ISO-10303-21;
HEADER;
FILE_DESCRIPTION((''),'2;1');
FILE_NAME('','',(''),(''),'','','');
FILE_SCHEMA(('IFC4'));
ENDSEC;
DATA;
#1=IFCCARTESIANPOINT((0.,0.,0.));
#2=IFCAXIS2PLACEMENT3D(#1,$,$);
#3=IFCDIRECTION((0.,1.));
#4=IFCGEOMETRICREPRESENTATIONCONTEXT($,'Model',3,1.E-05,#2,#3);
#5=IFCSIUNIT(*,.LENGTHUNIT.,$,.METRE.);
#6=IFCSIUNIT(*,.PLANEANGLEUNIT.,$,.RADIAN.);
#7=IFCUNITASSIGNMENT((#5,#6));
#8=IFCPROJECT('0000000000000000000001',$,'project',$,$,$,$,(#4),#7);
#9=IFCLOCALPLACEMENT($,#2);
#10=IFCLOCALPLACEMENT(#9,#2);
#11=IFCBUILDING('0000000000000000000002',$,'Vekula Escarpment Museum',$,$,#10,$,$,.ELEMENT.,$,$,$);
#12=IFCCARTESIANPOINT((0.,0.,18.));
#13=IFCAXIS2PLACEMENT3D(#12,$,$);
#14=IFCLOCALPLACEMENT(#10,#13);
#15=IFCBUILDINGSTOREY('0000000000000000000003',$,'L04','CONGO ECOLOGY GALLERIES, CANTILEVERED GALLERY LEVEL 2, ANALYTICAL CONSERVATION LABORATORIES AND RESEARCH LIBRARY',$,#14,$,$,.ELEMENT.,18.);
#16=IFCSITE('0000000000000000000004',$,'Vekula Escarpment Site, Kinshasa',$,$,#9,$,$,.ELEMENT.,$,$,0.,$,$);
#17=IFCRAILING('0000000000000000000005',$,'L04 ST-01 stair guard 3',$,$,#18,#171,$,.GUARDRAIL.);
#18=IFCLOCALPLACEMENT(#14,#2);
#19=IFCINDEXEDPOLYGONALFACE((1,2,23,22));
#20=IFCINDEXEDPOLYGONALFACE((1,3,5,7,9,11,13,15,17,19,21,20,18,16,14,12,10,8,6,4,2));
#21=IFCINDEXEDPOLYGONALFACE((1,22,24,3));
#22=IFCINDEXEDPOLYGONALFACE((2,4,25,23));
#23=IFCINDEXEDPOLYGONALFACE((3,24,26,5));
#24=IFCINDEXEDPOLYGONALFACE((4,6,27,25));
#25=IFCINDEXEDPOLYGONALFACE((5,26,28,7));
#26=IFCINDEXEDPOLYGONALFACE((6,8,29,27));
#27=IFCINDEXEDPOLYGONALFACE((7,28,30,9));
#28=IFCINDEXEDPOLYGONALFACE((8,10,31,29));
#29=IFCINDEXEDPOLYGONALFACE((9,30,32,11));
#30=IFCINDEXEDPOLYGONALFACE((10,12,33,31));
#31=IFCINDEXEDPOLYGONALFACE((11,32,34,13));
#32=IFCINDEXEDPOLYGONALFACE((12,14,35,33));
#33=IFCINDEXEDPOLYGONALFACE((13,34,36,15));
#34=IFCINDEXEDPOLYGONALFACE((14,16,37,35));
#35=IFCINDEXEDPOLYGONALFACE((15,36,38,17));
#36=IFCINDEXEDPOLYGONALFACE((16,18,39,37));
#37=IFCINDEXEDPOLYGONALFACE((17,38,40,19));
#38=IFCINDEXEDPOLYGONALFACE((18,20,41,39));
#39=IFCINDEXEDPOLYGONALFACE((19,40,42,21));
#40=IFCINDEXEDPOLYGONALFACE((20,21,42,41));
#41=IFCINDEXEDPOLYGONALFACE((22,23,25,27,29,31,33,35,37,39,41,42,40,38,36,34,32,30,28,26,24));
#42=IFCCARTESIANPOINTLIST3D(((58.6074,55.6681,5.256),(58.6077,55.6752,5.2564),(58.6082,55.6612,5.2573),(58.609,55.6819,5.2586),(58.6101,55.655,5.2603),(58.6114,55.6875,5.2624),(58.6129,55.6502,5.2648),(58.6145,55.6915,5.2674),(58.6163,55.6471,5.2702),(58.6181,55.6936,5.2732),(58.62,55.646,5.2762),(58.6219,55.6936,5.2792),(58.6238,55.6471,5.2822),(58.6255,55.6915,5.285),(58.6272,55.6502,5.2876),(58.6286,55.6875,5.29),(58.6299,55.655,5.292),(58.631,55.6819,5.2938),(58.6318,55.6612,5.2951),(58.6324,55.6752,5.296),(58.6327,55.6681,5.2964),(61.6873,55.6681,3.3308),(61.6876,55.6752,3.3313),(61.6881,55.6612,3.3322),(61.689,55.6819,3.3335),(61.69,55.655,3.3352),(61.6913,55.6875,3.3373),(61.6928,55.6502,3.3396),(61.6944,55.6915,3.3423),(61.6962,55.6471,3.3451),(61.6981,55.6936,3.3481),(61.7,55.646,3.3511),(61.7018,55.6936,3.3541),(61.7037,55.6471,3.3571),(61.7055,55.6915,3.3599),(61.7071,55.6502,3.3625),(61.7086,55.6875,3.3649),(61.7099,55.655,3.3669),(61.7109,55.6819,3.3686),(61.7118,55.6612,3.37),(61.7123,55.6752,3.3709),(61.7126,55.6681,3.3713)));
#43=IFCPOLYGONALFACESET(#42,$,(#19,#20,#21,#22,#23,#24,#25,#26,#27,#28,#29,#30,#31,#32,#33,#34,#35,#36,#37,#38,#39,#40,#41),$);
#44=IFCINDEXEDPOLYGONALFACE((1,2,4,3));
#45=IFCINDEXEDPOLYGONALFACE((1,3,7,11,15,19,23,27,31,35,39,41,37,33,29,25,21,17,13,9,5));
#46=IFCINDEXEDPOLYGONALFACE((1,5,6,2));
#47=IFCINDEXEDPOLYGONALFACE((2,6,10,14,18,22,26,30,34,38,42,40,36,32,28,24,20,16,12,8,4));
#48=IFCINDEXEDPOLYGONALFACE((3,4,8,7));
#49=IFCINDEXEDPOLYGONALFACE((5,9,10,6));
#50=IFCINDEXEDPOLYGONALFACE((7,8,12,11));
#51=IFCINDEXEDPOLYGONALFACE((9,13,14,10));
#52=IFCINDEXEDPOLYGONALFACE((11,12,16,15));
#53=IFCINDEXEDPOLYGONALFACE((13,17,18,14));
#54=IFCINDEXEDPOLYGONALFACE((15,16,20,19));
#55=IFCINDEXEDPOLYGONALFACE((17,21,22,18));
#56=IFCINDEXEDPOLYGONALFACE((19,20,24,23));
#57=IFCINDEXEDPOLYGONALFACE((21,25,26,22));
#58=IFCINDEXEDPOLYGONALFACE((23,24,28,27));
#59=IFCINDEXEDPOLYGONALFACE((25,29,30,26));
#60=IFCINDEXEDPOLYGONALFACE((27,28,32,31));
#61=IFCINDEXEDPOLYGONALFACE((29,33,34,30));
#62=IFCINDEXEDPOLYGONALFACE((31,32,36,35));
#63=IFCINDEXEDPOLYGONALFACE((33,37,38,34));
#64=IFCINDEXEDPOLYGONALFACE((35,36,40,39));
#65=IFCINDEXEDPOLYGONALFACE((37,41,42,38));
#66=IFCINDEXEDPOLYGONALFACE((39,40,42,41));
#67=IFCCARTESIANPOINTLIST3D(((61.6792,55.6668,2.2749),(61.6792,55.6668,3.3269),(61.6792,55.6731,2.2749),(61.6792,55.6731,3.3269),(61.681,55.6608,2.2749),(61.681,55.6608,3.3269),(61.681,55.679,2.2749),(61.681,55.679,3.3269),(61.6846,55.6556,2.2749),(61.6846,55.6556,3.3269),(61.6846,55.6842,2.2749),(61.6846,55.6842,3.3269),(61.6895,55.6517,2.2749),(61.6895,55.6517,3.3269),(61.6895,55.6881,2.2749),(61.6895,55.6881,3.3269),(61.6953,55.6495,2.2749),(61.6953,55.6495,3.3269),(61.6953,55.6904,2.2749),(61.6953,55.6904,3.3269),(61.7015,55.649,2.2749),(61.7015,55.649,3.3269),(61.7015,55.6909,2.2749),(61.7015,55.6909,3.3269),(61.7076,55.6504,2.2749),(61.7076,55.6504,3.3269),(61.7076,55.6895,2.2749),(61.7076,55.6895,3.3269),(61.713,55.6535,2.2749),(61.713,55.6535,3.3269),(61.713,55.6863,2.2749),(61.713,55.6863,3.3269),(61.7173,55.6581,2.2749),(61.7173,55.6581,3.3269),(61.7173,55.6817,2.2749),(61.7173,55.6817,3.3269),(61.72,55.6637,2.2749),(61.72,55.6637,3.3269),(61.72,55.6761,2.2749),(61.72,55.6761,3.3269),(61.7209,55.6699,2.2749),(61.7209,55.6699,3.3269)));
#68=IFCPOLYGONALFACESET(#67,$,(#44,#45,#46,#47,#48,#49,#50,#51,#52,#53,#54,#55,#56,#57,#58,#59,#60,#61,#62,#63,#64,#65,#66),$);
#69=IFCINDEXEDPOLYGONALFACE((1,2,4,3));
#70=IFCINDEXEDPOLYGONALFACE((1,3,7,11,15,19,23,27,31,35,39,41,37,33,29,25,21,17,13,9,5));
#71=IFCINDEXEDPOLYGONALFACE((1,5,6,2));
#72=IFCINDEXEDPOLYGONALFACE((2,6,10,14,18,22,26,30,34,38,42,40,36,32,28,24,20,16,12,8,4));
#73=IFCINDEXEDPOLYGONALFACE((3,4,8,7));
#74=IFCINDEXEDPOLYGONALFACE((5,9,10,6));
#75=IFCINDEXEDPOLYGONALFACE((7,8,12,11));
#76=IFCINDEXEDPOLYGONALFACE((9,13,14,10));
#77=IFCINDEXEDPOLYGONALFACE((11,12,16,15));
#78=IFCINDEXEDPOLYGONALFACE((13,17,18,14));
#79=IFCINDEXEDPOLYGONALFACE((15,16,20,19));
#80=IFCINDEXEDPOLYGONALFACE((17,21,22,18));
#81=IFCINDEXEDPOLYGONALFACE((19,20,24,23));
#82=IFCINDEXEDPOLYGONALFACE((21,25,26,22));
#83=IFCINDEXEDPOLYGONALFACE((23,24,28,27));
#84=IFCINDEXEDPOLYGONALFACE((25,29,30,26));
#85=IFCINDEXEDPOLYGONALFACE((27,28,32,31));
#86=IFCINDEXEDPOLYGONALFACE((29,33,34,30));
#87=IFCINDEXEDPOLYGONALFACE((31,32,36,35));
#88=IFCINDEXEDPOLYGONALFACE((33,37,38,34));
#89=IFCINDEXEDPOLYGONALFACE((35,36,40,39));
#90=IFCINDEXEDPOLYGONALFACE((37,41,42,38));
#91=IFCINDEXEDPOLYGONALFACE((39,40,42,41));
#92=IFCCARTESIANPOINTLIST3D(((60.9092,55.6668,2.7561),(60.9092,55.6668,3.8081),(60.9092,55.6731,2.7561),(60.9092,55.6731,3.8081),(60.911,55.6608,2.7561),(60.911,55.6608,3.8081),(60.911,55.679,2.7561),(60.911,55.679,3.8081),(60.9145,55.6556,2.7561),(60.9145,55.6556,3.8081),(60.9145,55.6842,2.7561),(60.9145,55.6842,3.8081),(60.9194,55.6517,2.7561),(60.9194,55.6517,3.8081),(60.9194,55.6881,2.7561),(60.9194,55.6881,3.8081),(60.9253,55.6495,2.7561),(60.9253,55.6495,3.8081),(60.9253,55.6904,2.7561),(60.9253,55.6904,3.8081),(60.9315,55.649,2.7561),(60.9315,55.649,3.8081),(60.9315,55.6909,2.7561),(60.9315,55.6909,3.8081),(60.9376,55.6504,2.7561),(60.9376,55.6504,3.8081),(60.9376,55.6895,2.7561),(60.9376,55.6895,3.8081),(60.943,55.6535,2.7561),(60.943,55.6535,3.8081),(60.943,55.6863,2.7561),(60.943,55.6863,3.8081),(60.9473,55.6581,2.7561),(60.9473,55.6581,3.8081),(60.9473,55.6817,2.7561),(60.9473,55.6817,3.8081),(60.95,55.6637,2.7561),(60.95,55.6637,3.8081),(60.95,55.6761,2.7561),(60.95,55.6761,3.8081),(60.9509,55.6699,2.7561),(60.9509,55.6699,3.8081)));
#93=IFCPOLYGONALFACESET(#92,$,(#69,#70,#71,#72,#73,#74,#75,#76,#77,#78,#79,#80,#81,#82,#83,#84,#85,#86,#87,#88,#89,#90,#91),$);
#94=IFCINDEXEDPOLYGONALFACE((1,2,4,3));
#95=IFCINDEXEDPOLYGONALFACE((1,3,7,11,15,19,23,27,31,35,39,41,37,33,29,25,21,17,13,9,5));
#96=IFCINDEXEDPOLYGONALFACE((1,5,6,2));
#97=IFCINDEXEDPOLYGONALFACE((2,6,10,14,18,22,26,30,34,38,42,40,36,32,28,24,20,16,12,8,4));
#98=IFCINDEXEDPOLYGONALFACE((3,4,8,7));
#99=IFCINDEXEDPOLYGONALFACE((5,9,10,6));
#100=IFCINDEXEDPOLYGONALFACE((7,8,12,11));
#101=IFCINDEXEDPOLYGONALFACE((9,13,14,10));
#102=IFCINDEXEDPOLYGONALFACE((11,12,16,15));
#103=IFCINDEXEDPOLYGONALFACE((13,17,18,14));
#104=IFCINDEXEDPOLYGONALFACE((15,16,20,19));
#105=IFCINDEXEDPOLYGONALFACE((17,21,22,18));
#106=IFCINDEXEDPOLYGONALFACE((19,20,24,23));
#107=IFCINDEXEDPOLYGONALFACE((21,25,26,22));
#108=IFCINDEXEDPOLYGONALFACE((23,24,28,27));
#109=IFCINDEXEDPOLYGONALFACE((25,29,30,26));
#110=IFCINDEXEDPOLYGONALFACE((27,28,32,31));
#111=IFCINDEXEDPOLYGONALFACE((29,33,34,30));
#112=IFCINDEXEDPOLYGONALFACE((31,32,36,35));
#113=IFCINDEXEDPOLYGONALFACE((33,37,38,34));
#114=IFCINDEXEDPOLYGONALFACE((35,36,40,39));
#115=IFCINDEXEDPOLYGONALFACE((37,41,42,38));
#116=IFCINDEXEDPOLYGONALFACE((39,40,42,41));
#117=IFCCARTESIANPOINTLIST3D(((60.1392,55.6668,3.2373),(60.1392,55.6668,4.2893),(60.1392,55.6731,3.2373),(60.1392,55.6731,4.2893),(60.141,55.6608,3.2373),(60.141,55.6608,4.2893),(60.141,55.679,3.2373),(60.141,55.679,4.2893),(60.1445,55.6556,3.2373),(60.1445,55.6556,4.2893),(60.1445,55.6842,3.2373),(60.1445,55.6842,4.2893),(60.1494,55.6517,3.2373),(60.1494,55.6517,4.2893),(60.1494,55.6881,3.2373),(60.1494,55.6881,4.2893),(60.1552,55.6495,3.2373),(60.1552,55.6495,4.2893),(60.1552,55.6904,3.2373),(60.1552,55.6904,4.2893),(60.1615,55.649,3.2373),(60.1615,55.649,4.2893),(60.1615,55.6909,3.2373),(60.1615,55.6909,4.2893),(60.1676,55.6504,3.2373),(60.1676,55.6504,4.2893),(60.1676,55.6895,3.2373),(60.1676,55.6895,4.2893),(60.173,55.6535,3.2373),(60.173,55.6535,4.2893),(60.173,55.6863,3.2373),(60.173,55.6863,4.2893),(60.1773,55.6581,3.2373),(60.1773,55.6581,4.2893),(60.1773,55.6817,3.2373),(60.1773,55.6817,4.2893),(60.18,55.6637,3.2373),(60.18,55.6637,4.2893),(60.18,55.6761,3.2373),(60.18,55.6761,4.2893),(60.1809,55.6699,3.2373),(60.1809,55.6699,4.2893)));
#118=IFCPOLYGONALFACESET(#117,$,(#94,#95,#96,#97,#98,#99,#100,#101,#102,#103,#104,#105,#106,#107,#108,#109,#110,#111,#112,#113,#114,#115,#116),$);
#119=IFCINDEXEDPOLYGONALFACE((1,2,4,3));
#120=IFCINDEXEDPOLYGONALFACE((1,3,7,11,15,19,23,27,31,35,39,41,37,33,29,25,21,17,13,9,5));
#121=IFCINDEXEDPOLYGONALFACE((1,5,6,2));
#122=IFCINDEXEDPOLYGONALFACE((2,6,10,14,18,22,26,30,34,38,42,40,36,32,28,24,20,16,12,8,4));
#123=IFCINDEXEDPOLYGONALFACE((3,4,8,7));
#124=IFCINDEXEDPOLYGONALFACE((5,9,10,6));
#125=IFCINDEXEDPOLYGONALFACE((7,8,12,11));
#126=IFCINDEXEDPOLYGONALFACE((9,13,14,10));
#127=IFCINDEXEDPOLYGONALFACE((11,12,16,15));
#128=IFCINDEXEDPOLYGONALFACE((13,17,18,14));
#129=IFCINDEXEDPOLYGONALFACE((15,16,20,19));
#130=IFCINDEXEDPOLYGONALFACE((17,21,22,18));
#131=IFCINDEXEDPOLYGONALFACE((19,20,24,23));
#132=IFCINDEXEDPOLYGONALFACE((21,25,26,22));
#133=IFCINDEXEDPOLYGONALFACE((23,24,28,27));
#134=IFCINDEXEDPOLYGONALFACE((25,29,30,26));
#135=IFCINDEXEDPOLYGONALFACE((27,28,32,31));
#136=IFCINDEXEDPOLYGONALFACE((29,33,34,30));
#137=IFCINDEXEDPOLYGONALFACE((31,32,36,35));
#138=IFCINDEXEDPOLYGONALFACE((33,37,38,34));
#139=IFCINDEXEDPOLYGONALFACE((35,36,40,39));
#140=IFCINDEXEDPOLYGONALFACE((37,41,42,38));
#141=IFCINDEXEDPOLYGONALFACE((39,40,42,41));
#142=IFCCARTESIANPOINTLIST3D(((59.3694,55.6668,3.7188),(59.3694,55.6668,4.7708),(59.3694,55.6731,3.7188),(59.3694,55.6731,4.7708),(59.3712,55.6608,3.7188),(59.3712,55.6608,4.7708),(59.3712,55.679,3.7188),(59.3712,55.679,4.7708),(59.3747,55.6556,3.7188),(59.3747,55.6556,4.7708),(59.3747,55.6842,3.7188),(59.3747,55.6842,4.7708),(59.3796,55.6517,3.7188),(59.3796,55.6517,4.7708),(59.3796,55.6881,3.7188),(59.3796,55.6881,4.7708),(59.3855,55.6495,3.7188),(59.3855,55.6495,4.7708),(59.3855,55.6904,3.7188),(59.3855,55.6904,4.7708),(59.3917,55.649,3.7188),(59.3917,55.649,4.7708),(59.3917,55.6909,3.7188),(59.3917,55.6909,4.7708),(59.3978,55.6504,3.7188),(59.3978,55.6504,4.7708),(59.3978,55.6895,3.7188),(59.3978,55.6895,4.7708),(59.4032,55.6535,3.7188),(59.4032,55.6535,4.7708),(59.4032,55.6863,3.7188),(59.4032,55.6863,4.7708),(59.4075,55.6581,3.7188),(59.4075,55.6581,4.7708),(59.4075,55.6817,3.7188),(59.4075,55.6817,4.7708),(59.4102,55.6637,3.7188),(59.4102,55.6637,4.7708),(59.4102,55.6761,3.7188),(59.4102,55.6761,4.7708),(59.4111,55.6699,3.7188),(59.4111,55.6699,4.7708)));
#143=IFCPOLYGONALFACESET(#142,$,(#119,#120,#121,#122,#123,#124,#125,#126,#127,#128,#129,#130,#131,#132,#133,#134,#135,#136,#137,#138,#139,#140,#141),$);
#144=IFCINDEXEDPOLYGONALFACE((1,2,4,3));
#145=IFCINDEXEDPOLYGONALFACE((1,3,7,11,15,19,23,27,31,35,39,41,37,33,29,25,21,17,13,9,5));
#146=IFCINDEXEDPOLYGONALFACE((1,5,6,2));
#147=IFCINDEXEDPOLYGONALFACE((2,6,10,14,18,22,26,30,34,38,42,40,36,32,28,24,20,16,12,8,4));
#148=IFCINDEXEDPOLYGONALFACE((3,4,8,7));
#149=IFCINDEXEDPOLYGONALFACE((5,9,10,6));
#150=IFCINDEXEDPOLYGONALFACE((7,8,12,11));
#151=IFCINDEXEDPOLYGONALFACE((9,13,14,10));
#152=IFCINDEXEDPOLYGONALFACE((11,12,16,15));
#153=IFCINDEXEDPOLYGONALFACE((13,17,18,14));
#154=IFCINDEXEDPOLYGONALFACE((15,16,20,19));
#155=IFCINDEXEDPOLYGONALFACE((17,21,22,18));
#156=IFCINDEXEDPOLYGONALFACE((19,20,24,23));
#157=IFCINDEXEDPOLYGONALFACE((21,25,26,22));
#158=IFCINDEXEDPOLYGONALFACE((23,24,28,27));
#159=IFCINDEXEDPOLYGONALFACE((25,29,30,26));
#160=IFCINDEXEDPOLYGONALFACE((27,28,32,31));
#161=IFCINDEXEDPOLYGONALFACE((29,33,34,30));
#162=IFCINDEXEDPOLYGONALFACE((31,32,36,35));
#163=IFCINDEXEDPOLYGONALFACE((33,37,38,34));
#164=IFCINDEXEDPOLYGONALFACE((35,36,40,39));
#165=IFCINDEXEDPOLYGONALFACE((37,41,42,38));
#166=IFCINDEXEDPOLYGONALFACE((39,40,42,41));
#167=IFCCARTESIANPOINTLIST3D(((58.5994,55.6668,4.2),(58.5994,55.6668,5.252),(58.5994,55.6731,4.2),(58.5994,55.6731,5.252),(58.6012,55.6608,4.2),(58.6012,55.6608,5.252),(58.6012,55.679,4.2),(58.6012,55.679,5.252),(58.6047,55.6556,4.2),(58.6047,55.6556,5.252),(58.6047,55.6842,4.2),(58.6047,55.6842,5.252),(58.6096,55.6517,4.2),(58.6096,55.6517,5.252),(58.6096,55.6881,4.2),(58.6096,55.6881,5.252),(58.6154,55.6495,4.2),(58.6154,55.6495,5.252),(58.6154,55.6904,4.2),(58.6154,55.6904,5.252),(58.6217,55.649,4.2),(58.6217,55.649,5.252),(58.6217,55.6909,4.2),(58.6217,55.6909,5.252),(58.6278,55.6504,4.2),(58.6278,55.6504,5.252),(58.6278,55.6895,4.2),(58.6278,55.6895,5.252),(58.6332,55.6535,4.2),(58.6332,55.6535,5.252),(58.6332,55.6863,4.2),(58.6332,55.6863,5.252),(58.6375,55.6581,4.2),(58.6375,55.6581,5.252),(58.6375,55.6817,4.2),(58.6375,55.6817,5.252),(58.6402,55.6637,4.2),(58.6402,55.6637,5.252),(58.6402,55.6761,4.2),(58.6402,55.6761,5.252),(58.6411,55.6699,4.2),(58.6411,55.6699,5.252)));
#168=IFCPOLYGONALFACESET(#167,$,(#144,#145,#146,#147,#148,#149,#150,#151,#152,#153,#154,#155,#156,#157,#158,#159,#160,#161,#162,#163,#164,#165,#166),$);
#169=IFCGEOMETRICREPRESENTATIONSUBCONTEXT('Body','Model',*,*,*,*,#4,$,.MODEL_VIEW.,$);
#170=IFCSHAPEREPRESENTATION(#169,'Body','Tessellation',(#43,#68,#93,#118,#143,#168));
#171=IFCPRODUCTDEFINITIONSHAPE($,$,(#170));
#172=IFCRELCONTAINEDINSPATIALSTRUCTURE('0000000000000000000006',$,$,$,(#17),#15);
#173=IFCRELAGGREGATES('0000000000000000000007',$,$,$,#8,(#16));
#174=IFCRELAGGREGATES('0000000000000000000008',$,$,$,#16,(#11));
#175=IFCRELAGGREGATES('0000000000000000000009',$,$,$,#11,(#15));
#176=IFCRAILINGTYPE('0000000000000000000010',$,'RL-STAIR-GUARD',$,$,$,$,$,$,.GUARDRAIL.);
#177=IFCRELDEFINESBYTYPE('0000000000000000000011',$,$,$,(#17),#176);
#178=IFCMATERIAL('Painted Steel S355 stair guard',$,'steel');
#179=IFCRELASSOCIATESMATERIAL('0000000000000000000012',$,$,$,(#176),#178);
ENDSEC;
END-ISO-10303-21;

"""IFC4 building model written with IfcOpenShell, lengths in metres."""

from ifc_helpers import new_model, si_unit, direction, frame, origin, origin_2d, place, context, subcontext, project, spatial, circle, extrude, material, type_object, element, save


model = new_model("IFC4")

# Units and contexts
model_context = context("Model", 3, precision=1e-05, world=origin(), true_north=direction((0.0, 1.0)))
body_context = subcontext(model_context, "Body", "Model", "MODEL_VIEW")
ifc_project = project(units=[si_unit("LENGTHUNIT", "METRE"), si_unit("PLANEANGLEUNIT", "RADIAN")], contexts=[model_context])

# Site, building, storey
site_placement = place(None, origin())
site = spatial("IfcSite", under=ifc_project, at=site_placement, Name="Vekula Escarpment Site, Kinshasa", CompositionType="ELEMENT", RefElevation=0.0)
building_placement = place(site_placement, origin())
building = spatial("IfcBuilding", under=site, at=building_placement, Name="Vekula Escarpment Museum", CompositionType="ELEMENT")
storey_placement = place(building_placement, frame((0.0, 0.0, 18.0)))
storey = spatial("IfcBuildingStorey", under=building, at=storey_placement, Name="L04", Description="CONGO ECOLOGY GALLERIES, CANTILEVERED GALLERY LEVEL 2, ANALYTICAL CONSERVATION LABORATORIES AND RESEARCH LIBRARY", CompositionType="ELEMENT", Elevation=18.0)

# Railing
ifc_material_1 = material(Name="Painted Steel S355 stair guard", Category="steel")
railing_type_1 = type_object("IfcRailingType", Name="RL-STAIR-GUARD", PredefinedType="GUARDRAIL", material=ifc_material_1)
railing_1_placement = place(storey_placement, frame((61.7, 55.6699, 2.2749)))
element("IfcRailing", 1, at=railing_1_placement, inside=storey, type_object=railing_type_1, Name="L04 ST-01 stair guard 3", PredefinedType="GUARDRAIL", context=body_context, shape_type="SweptSolid", body=[
    extrude(circle(Radius=0.0239, at=origin_2d()), frame((0.0, 0.0, 1.0762), z_axis=(-0.847979, 0.0, 0.530029), x_axis=(0.0, -1.0, 0.0)), (0.0, 0.0, 1.0), 3.6321),
    extrude(circle(Radius=0.021, at=origin_2d()), origin(), (0.0, 0.0, 1.0), 1.052),
    extrude(circle(Radius=0.021, at=origin_2d()), frame((-0.77, 0.0, 0.4812)), (0.0, 0.0, 1.0), 1.052),
    extrude(circle(Radius=0.021, at=origin_2d()), frame((-1.54, 0.0, 0.9624)), (0.0, 0.0, 1.0), 1.052),
    extrude(circle(Radius=0.021, at=origin_2d()), frame((-2.3098, 0.0, 1.4438)), (0.0, 0.0, 1.0), 1.052),
    extrude(circle(Radius=0.021, at=origin_2d()), frame((-3.0798, 0.0, 1.925)), (0.0, 0.0, 1.0), 1.052),
])

save(model, "model.ifc")
